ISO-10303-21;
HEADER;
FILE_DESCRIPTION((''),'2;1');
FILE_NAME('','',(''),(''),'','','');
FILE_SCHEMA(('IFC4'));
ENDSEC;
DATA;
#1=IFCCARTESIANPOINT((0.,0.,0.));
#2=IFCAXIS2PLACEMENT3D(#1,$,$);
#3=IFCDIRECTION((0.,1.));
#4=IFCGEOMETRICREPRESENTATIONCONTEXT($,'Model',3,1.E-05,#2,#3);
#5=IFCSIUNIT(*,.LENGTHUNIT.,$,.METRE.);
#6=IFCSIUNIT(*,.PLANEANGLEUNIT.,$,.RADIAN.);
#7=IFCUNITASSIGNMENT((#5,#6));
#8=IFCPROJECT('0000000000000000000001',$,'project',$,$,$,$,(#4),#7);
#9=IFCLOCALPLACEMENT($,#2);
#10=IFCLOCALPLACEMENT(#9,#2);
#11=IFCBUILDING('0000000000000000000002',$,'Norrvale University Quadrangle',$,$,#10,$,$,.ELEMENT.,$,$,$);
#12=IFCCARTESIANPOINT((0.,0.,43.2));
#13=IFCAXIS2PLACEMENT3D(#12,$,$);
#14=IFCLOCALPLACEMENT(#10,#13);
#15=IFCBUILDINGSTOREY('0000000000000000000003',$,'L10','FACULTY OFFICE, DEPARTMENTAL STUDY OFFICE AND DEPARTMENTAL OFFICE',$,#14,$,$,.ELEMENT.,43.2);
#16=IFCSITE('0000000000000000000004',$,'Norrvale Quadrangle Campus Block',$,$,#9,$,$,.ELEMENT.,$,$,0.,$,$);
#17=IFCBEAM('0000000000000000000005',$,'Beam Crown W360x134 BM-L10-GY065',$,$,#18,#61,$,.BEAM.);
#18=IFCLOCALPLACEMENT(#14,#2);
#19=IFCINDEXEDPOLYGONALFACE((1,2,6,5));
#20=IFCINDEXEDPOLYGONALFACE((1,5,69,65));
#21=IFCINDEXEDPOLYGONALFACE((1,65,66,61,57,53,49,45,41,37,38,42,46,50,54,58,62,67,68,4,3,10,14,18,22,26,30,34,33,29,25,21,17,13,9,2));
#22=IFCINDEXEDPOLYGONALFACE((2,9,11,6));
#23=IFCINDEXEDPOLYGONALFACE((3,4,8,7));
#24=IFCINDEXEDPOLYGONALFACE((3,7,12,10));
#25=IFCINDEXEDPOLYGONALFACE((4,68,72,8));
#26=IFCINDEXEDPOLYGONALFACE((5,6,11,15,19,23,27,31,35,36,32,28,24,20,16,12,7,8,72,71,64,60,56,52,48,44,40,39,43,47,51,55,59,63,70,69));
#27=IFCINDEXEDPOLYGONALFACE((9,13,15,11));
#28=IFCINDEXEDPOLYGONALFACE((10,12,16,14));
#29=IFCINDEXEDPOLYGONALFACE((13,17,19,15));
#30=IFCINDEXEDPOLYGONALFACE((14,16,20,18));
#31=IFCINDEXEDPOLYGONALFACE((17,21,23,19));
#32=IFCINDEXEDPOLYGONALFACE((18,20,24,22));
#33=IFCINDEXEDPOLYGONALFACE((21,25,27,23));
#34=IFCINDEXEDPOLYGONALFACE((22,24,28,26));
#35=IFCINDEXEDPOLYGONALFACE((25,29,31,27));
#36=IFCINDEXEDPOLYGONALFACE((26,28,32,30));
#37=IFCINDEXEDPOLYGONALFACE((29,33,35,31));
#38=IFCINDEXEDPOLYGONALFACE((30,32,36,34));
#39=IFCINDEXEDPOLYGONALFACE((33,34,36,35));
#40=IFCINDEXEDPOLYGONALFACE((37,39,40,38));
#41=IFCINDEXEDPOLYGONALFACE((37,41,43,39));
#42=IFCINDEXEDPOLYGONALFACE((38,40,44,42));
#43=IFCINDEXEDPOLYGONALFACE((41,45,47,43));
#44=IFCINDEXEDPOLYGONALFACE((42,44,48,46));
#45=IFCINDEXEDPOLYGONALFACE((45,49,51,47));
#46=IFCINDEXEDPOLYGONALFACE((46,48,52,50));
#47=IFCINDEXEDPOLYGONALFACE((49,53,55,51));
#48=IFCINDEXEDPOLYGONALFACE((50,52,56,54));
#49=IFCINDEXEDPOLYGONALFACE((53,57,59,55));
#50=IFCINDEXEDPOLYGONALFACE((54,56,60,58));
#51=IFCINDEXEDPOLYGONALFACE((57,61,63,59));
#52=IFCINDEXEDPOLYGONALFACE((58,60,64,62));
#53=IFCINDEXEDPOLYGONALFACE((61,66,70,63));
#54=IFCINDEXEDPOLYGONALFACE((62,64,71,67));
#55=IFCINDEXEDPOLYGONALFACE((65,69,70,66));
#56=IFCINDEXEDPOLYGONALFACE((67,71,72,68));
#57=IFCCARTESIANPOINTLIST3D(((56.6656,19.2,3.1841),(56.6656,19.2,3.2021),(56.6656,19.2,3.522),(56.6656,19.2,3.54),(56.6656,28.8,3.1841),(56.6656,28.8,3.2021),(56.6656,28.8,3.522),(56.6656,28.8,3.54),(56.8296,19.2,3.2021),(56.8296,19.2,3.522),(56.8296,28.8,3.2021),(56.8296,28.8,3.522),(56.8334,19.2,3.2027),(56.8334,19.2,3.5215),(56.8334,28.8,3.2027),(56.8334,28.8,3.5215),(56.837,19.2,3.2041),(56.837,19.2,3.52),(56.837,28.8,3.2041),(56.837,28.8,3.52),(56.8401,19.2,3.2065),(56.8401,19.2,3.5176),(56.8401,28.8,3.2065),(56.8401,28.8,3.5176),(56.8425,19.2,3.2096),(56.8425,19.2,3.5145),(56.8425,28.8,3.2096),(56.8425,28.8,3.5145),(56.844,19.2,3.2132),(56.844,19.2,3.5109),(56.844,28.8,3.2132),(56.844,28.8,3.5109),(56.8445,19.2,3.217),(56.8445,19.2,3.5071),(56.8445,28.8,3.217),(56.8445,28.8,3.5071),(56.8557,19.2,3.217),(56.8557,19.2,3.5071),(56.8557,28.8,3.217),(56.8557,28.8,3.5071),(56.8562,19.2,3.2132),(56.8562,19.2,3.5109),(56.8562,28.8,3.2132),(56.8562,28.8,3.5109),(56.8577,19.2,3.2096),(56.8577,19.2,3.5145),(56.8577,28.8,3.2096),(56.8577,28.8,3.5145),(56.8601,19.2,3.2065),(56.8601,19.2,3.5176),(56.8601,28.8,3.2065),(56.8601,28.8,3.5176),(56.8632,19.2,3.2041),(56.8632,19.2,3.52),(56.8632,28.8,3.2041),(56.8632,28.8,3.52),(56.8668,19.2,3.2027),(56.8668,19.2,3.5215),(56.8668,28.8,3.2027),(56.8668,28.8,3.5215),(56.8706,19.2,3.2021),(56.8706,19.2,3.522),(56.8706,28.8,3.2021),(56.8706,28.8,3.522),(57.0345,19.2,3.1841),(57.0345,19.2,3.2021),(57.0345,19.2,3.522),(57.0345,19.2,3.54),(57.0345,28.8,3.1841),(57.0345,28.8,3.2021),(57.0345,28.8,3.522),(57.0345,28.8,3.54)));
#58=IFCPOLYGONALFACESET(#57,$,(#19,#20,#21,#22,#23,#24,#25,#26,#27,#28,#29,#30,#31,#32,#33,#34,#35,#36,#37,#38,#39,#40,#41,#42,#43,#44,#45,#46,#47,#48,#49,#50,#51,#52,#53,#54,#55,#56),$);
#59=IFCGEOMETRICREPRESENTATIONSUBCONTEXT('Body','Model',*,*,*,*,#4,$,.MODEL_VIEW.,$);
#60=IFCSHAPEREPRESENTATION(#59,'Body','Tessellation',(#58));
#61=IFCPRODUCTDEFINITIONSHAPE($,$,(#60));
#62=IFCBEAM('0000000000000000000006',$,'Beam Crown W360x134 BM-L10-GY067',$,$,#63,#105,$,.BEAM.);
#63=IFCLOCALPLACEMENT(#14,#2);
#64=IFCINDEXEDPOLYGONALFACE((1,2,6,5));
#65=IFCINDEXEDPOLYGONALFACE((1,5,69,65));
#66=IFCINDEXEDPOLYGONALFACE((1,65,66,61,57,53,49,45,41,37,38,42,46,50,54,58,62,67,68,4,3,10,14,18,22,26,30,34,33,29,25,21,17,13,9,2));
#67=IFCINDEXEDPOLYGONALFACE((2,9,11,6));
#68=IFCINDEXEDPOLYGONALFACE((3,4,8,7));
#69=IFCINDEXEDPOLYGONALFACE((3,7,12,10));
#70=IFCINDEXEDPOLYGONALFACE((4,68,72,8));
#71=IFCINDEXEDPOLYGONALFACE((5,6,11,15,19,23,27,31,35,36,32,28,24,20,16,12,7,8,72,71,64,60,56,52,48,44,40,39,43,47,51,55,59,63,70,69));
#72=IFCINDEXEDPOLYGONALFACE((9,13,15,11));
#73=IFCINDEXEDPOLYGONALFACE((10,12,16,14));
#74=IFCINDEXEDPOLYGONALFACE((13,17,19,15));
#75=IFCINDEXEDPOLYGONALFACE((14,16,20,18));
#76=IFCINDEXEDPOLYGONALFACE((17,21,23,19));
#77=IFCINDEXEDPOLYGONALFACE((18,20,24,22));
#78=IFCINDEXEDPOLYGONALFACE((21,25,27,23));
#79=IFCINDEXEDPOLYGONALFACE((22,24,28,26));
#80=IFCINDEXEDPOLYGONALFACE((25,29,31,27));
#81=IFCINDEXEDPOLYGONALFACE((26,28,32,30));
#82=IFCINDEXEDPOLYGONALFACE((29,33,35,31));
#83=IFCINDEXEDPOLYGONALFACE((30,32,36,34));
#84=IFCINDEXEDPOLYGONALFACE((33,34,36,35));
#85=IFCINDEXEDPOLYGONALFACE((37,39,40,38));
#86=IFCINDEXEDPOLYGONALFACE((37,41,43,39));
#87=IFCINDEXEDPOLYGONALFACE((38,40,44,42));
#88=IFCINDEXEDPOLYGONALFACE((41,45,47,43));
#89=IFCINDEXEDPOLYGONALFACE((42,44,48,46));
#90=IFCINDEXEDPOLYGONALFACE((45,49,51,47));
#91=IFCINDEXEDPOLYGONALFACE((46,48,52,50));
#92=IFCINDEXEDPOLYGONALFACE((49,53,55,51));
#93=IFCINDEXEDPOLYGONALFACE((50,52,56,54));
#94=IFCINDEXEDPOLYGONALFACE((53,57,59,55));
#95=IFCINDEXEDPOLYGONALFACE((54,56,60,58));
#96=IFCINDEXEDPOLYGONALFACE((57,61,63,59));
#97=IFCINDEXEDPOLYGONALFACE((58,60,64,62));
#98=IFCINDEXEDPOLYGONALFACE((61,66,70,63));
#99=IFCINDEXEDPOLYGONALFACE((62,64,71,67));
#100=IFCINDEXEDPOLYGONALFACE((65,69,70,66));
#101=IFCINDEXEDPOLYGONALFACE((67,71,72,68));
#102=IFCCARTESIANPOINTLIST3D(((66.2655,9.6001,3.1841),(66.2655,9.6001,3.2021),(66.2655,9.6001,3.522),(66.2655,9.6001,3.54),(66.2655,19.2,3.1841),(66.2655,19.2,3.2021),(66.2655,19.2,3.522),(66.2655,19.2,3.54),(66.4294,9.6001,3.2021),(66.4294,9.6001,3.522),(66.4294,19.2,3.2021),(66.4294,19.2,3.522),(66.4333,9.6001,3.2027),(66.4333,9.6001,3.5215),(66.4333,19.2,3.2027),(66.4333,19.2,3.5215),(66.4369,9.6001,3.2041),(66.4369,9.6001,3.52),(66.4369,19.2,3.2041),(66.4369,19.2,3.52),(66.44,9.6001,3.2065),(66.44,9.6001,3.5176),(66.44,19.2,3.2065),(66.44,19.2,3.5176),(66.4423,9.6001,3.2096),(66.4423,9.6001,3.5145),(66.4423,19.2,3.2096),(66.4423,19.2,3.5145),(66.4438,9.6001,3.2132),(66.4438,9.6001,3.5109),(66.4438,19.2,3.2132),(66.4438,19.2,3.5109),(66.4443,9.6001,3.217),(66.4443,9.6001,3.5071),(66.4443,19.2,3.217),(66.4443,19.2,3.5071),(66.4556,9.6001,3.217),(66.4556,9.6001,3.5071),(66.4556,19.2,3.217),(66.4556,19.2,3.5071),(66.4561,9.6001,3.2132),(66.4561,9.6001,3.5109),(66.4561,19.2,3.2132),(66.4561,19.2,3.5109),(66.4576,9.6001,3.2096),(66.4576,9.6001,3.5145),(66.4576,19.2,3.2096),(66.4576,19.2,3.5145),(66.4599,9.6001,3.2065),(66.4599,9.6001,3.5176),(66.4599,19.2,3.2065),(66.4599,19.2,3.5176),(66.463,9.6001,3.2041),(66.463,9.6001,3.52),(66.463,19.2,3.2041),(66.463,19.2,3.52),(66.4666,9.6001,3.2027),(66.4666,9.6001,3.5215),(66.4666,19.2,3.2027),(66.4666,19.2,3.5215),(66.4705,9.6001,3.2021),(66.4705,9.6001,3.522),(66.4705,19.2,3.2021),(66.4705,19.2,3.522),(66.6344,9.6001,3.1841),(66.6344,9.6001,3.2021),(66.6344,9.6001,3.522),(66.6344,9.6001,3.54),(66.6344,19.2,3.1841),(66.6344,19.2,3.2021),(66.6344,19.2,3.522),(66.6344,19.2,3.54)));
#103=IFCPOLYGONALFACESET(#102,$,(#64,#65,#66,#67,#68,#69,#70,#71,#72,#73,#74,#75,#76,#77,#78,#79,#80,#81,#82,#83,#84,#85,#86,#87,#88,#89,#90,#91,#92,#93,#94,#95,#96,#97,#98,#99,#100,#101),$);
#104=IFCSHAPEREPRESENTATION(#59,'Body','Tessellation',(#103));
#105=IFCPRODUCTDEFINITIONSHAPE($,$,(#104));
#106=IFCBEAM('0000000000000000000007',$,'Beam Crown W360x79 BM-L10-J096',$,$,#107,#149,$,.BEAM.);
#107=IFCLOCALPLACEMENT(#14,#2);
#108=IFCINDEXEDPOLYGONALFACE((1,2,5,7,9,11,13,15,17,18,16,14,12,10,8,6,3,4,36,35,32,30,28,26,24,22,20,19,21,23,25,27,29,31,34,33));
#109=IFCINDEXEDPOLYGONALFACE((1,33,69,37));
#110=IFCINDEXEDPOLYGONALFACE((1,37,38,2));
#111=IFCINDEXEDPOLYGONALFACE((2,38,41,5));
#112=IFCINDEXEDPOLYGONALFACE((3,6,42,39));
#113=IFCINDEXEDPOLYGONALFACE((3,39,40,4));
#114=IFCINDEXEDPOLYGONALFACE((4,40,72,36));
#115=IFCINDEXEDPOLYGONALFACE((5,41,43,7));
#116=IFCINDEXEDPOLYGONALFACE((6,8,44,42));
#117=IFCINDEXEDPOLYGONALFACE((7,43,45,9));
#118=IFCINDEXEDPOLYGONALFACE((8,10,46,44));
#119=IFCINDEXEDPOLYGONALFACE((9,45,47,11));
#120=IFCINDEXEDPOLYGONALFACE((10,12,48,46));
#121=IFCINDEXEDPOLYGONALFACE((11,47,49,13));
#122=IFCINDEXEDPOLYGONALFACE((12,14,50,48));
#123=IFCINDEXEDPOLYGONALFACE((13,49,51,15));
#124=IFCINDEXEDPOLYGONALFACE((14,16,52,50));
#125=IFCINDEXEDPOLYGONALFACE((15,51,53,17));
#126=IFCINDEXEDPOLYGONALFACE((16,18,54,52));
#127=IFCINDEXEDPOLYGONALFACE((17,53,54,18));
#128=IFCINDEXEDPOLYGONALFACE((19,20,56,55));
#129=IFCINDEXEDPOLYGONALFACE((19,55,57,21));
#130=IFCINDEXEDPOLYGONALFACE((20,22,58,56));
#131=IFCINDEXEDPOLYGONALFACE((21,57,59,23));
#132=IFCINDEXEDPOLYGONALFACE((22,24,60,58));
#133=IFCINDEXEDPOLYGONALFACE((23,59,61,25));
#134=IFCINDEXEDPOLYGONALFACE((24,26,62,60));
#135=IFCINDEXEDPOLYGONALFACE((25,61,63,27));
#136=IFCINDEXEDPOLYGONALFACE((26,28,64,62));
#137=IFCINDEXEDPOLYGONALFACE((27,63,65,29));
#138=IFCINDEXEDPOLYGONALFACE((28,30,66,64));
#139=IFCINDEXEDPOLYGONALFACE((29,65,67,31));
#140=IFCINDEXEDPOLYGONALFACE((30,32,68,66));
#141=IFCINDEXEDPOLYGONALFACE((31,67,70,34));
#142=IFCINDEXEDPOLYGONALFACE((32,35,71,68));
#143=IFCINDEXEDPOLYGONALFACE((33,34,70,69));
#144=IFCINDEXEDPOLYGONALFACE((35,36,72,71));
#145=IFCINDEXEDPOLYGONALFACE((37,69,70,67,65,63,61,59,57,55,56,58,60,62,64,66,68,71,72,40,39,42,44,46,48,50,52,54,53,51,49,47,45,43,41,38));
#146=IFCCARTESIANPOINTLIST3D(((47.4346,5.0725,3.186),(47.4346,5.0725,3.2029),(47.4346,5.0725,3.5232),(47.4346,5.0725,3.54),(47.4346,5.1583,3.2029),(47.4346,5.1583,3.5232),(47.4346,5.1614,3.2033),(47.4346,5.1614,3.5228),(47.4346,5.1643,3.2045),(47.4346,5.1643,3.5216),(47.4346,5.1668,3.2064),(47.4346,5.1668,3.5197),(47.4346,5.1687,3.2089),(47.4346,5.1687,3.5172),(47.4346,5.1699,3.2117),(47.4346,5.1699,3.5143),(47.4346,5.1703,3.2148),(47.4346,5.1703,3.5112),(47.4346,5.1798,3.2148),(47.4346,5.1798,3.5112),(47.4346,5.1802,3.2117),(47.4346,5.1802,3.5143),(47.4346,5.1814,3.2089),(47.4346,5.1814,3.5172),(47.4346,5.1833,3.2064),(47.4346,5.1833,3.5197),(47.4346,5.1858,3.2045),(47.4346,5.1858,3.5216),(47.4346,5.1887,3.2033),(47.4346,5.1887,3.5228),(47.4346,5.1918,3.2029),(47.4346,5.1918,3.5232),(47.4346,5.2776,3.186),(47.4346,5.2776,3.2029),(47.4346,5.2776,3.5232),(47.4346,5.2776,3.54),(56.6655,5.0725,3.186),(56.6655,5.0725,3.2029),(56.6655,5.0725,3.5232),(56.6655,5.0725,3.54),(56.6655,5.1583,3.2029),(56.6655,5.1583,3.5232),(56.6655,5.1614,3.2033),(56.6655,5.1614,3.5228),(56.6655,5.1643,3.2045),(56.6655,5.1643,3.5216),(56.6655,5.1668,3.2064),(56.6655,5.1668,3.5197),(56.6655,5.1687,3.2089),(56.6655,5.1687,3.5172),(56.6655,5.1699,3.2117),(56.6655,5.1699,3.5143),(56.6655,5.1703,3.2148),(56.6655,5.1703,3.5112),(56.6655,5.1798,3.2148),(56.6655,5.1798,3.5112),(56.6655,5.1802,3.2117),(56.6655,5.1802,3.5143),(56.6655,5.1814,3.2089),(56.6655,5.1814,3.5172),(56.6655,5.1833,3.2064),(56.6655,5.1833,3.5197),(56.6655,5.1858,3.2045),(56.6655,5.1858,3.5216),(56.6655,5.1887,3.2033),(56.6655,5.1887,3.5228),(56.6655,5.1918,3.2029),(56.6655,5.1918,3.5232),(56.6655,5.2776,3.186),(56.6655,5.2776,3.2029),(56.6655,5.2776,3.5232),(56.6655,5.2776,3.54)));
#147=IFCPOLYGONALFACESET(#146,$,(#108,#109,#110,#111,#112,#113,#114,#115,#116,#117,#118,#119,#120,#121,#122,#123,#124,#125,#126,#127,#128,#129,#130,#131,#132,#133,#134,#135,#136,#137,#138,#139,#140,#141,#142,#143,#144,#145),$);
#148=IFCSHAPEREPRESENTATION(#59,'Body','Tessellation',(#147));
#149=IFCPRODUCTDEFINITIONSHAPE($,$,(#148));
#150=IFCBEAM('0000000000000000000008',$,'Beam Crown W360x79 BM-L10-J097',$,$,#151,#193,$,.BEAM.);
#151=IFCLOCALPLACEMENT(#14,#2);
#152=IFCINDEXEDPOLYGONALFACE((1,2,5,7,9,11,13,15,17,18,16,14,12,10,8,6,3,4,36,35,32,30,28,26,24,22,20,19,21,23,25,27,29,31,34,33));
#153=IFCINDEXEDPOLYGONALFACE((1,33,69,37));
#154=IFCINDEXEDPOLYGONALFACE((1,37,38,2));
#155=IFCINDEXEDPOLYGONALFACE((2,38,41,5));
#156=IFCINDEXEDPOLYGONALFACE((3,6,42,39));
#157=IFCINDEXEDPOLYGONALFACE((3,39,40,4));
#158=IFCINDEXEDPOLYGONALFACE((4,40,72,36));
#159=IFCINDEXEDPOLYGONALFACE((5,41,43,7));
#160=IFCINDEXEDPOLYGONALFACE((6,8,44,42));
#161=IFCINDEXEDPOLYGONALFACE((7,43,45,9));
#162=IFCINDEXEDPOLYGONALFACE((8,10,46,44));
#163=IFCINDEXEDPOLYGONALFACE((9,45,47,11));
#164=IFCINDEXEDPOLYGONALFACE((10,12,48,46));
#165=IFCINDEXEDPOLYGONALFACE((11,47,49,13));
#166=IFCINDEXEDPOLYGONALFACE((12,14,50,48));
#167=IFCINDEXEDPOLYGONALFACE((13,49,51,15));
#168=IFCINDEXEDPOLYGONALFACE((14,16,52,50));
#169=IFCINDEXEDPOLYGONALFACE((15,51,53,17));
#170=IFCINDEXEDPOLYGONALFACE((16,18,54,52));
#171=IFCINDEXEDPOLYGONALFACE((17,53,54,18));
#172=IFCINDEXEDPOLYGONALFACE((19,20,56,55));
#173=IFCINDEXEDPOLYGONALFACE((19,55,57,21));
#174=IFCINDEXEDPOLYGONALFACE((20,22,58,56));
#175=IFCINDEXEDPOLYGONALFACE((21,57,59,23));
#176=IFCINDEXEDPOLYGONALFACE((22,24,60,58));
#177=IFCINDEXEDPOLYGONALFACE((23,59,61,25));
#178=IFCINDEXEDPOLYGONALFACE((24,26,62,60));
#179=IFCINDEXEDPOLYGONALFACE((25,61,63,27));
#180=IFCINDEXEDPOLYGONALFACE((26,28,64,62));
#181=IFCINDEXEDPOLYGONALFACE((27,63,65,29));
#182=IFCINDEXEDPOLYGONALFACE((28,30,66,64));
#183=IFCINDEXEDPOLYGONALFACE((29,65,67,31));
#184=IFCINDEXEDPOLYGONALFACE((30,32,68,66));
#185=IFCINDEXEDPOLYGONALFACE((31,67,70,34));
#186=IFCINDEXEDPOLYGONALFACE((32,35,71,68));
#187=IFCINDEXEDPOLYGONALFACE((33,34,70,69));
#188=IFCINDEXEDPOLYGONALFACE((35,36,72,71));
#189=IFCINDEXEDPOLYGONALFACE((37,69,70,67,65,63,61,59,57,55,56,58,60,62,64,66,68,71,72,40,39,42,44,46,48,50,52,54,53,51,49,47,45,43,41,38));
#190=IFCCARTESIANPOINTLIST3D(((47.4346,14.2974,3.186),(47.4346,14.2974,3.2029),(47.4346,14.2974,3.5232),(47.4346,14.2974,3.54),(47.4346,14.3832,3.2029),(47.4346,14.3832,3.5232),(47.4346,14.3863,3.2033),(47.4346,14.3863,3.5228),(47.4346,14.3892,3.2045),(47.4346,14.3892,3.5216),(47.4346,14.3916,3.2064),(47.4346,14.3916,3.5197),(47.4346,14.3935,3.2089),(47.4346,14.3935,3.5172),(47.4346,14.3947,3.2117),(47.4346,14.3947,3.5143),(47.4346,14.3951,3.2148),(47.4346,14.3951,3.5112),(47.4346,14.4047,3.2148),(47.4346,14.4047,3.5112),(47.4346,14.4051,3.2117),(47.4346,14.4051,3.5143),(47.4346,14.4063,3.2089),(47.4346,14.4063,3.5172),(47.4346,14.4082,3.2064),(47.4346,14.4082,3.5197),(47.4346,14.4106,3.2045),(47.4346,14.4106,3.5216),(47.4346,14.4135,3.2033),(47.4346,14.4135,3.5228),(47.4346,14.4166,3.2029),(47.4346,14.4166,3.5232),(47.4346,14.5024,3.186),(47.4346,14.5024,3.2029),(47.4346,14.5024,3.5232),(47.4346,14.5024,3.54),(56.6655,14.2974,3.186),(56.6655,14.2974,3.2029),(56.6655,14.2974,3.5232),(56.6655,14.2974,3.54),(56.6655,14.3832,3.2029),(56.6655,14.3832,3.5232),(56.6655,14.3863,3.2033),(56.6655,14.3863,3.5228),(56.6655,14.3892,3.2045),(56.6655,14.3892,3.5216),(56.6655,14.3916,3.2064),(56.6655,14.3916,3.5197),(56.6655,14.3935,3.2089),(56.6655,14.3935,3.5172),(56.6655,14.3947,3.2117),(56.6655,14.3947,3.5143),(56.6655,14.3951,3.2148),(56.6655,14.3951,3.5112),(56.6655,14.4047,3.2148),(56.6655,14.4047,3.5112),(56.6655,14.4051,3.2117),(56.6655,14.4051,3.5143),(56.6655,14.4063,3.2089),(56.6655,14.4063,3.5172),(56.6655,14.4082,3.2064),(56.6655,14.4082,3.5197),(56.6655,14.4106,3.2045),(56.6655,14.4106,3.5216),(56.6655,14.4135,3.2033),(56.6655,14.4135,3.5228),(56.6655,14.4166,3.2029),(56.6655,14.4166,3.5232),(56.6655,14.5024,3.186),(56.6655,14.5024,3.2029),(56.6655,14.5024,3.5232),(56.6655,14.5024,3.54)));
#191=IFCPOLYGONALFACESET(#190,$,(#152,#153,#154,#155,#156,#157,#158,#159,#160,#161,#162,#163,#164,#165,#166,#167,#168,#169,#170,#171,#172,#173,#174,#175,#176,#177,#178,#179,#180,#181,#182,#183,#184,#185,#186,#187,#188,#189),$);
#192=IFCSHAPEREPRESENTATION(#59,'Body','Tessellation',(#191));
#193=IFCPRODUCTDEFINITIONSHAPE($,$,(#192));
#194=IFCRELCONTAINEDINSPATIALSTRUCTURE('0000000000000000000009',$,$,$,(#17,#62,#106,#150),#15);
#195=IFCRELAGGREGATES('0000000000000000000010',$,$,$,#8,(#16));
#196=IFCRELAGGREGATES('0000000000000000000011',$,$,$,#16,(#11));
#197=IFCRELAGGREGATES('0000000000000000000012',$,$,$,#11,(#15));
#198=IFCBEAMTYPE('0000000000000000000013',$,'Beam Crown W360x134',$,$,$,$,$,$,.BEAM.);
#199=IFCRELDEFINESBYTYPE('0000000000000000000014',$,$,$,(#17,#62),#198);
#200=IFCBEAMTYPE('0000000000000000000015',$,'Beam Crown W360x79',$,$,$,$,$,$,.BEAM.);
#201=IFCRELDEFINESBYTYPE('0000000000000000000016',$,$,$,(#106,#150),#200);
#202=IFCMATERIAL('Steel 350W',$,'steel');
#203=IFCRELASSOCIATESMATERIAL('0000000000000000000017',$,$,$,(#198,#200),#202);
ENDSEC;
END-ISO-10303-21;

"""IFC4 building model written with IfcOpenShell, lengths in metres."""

from ifc_helpers import new_model, si_unit, direction, frame, origin, origin_2d, place, context, subcontext, project, spatial, i_section, extrude, material, material_profile, profile_set, type_object, element, save


model = new_model("IFC4")

# Units and contexts
model_context = context("Model", 3, precision=1e-05, world=origin(), true_north=direction((0.0, 1.0)))
body_context = subcontext(model_context, "Body", "Model", "MODEL_VIEW")
ifc_project = project(units=[si_unit("LENGTHUNIT", "METRE"), si_unit("PLANEANGLEUNIT", "RADIAN")], contexts=[model_context])

# Site, building, storey
site_placement = place(None, origin())
site = spatial("IfcSite", under=ifc_project, at=site_placement, Name="Norrvale Quadrangle Campus Block", CompositionType="ELEMENT", RefElevation=0.0)
building_placement = place(site_placement, origin())
building = spatial("IfcBuilding", under=site, at=building_placement, Name="Norrvale University Quadrangle", CompositionType="ELEMENT")
storey_placement = place(building_placement, frame((0.0, 0.0, 43.2)))
storey = spatial("IfcBuildingStorey", under=building, at=storey_placement, Name="L10", Description="FACULTY OFFICE, DEPARTMENTAL STUDY OFFICE AND DEPARTMENTAL OFFICE", CompositionType="ELEMENT", Elevation=43.2)

# Beams
ifc_material_1 = material(Name="Steel 350W", Category="steel")
ifc_material_profile_1 = material_profile(ifc_material_1, i_section(OverallWidth=0.3689, OverallDepth=0.356, WebThickness=0.0112, FlangeThickness=0.0181, FilletRadius=0.0149, at=origin_2d()), Name="Steel 350W")
ifc_profile_set_1 = profile_set([ifc_material_profile_1], Name="Steel 350W")
beam_type_1 = type_object("IfcBeamType", Name="Beam Crown W360x134", PredefinedType="BEAM", material=ifc_profile_set_1)
beam_1_placement = place(storey_placement, frame((56.8501, 19.2, 3.3621), z_axis=(0.0, 1.0, 0.0), x_axis=(-1.0, 0.0, 0.0)))
element("IfcBeam", 1, at=beam_1_placement, inside=storey, type_object=beam_type_1, Name="Beam Crown W360x134 BM-L10-GY065", PredefinedType="BEAM", context=body_context, shape_type="SweptSolid", body=[
    extrude(i_section(OverallWidth=0.3689, OverallDepth=0.356, WebThickness=0.0112, FlangeThickness=0.0181, FilletRadius=0.0149, at=origin_2d()), origin(), (0.0, 0.0, 1.0), 9.6001),
])
beam_2_placement = place(storey_placement, frame((66.45, 9.6001, 3.3621), z_axis=(0.0, 1.0, 0.0), x_axis=(-1.0, 0.0, 0.0)))
element("IfcBeam", 2, at=beam_2_placement, inside=storey, type_object=beam_type_1, Name="Beam Crown W360x134 BM-L10-GY067", PredefinedType="BEAM", context=body_context, shape_type="SweptSolid", body=[
    extrude(i_section(OverallWidth=0.3689, OverallDepth=0.356, WebThickness=0.0112, FlangeThickness=0.0181, FilletRadius=0.0149, at=origin_2d()), origin(), (0.0, 0.0, 1.0), 9.5999),
])
ifc_material_profile_2 = material_profile(ifc_material_1, i_section(OverallWidth=0.2051, OverallDepth=0.354, WebThickness=0.0095, FlangeThickness=0.0168, FilletRadius=0.012, at=origin_2d()), Name="Steel 350W")
ifc_profile_set_2 = profile_set([ifc_material_profile_2], Name="Steel 350W")
beam_type_2 = type_object("IfcBeamType", Name="Beam Crown W360x79", PredefinedType="BEAM", material=ifc_profile_set_2)
for number, where, z_axis, x_axis, name in (
    (3, (47.4346, 5.175, 3.363), (1.0, 0.0, 0.0), (0.0, 1.0, 0.0), "Beam Crown W360x79 BM-L10-J096"),
    (4, (47.4346, 14.3999, 3.363), (1.0, 0.0, 0.0), (0.0, 1.0, 0.0), "Beam Crown W360x79 BM-L10-J097"),
):
    element("IfcBeam", number, at=place(storey_placement, frame(where, z_axis=z_axis, x_axis=x_axis)), inside=storey, type_object=beam_type_2, Name=name, PredefinedType="BEAM", context=body_context, shape_type="SweptSolid", body=[
        extrude(i_section(OverallWidth=0.2051, OverallDepth=0.354, WebThickness=0.0095, FlangeThickness=0.0168, FilletRadius=0.012, at=origin_2d()), origin(), (0.0, 0.0, 1.0), 9.231),
    ])

save(model, "model.ifc")
